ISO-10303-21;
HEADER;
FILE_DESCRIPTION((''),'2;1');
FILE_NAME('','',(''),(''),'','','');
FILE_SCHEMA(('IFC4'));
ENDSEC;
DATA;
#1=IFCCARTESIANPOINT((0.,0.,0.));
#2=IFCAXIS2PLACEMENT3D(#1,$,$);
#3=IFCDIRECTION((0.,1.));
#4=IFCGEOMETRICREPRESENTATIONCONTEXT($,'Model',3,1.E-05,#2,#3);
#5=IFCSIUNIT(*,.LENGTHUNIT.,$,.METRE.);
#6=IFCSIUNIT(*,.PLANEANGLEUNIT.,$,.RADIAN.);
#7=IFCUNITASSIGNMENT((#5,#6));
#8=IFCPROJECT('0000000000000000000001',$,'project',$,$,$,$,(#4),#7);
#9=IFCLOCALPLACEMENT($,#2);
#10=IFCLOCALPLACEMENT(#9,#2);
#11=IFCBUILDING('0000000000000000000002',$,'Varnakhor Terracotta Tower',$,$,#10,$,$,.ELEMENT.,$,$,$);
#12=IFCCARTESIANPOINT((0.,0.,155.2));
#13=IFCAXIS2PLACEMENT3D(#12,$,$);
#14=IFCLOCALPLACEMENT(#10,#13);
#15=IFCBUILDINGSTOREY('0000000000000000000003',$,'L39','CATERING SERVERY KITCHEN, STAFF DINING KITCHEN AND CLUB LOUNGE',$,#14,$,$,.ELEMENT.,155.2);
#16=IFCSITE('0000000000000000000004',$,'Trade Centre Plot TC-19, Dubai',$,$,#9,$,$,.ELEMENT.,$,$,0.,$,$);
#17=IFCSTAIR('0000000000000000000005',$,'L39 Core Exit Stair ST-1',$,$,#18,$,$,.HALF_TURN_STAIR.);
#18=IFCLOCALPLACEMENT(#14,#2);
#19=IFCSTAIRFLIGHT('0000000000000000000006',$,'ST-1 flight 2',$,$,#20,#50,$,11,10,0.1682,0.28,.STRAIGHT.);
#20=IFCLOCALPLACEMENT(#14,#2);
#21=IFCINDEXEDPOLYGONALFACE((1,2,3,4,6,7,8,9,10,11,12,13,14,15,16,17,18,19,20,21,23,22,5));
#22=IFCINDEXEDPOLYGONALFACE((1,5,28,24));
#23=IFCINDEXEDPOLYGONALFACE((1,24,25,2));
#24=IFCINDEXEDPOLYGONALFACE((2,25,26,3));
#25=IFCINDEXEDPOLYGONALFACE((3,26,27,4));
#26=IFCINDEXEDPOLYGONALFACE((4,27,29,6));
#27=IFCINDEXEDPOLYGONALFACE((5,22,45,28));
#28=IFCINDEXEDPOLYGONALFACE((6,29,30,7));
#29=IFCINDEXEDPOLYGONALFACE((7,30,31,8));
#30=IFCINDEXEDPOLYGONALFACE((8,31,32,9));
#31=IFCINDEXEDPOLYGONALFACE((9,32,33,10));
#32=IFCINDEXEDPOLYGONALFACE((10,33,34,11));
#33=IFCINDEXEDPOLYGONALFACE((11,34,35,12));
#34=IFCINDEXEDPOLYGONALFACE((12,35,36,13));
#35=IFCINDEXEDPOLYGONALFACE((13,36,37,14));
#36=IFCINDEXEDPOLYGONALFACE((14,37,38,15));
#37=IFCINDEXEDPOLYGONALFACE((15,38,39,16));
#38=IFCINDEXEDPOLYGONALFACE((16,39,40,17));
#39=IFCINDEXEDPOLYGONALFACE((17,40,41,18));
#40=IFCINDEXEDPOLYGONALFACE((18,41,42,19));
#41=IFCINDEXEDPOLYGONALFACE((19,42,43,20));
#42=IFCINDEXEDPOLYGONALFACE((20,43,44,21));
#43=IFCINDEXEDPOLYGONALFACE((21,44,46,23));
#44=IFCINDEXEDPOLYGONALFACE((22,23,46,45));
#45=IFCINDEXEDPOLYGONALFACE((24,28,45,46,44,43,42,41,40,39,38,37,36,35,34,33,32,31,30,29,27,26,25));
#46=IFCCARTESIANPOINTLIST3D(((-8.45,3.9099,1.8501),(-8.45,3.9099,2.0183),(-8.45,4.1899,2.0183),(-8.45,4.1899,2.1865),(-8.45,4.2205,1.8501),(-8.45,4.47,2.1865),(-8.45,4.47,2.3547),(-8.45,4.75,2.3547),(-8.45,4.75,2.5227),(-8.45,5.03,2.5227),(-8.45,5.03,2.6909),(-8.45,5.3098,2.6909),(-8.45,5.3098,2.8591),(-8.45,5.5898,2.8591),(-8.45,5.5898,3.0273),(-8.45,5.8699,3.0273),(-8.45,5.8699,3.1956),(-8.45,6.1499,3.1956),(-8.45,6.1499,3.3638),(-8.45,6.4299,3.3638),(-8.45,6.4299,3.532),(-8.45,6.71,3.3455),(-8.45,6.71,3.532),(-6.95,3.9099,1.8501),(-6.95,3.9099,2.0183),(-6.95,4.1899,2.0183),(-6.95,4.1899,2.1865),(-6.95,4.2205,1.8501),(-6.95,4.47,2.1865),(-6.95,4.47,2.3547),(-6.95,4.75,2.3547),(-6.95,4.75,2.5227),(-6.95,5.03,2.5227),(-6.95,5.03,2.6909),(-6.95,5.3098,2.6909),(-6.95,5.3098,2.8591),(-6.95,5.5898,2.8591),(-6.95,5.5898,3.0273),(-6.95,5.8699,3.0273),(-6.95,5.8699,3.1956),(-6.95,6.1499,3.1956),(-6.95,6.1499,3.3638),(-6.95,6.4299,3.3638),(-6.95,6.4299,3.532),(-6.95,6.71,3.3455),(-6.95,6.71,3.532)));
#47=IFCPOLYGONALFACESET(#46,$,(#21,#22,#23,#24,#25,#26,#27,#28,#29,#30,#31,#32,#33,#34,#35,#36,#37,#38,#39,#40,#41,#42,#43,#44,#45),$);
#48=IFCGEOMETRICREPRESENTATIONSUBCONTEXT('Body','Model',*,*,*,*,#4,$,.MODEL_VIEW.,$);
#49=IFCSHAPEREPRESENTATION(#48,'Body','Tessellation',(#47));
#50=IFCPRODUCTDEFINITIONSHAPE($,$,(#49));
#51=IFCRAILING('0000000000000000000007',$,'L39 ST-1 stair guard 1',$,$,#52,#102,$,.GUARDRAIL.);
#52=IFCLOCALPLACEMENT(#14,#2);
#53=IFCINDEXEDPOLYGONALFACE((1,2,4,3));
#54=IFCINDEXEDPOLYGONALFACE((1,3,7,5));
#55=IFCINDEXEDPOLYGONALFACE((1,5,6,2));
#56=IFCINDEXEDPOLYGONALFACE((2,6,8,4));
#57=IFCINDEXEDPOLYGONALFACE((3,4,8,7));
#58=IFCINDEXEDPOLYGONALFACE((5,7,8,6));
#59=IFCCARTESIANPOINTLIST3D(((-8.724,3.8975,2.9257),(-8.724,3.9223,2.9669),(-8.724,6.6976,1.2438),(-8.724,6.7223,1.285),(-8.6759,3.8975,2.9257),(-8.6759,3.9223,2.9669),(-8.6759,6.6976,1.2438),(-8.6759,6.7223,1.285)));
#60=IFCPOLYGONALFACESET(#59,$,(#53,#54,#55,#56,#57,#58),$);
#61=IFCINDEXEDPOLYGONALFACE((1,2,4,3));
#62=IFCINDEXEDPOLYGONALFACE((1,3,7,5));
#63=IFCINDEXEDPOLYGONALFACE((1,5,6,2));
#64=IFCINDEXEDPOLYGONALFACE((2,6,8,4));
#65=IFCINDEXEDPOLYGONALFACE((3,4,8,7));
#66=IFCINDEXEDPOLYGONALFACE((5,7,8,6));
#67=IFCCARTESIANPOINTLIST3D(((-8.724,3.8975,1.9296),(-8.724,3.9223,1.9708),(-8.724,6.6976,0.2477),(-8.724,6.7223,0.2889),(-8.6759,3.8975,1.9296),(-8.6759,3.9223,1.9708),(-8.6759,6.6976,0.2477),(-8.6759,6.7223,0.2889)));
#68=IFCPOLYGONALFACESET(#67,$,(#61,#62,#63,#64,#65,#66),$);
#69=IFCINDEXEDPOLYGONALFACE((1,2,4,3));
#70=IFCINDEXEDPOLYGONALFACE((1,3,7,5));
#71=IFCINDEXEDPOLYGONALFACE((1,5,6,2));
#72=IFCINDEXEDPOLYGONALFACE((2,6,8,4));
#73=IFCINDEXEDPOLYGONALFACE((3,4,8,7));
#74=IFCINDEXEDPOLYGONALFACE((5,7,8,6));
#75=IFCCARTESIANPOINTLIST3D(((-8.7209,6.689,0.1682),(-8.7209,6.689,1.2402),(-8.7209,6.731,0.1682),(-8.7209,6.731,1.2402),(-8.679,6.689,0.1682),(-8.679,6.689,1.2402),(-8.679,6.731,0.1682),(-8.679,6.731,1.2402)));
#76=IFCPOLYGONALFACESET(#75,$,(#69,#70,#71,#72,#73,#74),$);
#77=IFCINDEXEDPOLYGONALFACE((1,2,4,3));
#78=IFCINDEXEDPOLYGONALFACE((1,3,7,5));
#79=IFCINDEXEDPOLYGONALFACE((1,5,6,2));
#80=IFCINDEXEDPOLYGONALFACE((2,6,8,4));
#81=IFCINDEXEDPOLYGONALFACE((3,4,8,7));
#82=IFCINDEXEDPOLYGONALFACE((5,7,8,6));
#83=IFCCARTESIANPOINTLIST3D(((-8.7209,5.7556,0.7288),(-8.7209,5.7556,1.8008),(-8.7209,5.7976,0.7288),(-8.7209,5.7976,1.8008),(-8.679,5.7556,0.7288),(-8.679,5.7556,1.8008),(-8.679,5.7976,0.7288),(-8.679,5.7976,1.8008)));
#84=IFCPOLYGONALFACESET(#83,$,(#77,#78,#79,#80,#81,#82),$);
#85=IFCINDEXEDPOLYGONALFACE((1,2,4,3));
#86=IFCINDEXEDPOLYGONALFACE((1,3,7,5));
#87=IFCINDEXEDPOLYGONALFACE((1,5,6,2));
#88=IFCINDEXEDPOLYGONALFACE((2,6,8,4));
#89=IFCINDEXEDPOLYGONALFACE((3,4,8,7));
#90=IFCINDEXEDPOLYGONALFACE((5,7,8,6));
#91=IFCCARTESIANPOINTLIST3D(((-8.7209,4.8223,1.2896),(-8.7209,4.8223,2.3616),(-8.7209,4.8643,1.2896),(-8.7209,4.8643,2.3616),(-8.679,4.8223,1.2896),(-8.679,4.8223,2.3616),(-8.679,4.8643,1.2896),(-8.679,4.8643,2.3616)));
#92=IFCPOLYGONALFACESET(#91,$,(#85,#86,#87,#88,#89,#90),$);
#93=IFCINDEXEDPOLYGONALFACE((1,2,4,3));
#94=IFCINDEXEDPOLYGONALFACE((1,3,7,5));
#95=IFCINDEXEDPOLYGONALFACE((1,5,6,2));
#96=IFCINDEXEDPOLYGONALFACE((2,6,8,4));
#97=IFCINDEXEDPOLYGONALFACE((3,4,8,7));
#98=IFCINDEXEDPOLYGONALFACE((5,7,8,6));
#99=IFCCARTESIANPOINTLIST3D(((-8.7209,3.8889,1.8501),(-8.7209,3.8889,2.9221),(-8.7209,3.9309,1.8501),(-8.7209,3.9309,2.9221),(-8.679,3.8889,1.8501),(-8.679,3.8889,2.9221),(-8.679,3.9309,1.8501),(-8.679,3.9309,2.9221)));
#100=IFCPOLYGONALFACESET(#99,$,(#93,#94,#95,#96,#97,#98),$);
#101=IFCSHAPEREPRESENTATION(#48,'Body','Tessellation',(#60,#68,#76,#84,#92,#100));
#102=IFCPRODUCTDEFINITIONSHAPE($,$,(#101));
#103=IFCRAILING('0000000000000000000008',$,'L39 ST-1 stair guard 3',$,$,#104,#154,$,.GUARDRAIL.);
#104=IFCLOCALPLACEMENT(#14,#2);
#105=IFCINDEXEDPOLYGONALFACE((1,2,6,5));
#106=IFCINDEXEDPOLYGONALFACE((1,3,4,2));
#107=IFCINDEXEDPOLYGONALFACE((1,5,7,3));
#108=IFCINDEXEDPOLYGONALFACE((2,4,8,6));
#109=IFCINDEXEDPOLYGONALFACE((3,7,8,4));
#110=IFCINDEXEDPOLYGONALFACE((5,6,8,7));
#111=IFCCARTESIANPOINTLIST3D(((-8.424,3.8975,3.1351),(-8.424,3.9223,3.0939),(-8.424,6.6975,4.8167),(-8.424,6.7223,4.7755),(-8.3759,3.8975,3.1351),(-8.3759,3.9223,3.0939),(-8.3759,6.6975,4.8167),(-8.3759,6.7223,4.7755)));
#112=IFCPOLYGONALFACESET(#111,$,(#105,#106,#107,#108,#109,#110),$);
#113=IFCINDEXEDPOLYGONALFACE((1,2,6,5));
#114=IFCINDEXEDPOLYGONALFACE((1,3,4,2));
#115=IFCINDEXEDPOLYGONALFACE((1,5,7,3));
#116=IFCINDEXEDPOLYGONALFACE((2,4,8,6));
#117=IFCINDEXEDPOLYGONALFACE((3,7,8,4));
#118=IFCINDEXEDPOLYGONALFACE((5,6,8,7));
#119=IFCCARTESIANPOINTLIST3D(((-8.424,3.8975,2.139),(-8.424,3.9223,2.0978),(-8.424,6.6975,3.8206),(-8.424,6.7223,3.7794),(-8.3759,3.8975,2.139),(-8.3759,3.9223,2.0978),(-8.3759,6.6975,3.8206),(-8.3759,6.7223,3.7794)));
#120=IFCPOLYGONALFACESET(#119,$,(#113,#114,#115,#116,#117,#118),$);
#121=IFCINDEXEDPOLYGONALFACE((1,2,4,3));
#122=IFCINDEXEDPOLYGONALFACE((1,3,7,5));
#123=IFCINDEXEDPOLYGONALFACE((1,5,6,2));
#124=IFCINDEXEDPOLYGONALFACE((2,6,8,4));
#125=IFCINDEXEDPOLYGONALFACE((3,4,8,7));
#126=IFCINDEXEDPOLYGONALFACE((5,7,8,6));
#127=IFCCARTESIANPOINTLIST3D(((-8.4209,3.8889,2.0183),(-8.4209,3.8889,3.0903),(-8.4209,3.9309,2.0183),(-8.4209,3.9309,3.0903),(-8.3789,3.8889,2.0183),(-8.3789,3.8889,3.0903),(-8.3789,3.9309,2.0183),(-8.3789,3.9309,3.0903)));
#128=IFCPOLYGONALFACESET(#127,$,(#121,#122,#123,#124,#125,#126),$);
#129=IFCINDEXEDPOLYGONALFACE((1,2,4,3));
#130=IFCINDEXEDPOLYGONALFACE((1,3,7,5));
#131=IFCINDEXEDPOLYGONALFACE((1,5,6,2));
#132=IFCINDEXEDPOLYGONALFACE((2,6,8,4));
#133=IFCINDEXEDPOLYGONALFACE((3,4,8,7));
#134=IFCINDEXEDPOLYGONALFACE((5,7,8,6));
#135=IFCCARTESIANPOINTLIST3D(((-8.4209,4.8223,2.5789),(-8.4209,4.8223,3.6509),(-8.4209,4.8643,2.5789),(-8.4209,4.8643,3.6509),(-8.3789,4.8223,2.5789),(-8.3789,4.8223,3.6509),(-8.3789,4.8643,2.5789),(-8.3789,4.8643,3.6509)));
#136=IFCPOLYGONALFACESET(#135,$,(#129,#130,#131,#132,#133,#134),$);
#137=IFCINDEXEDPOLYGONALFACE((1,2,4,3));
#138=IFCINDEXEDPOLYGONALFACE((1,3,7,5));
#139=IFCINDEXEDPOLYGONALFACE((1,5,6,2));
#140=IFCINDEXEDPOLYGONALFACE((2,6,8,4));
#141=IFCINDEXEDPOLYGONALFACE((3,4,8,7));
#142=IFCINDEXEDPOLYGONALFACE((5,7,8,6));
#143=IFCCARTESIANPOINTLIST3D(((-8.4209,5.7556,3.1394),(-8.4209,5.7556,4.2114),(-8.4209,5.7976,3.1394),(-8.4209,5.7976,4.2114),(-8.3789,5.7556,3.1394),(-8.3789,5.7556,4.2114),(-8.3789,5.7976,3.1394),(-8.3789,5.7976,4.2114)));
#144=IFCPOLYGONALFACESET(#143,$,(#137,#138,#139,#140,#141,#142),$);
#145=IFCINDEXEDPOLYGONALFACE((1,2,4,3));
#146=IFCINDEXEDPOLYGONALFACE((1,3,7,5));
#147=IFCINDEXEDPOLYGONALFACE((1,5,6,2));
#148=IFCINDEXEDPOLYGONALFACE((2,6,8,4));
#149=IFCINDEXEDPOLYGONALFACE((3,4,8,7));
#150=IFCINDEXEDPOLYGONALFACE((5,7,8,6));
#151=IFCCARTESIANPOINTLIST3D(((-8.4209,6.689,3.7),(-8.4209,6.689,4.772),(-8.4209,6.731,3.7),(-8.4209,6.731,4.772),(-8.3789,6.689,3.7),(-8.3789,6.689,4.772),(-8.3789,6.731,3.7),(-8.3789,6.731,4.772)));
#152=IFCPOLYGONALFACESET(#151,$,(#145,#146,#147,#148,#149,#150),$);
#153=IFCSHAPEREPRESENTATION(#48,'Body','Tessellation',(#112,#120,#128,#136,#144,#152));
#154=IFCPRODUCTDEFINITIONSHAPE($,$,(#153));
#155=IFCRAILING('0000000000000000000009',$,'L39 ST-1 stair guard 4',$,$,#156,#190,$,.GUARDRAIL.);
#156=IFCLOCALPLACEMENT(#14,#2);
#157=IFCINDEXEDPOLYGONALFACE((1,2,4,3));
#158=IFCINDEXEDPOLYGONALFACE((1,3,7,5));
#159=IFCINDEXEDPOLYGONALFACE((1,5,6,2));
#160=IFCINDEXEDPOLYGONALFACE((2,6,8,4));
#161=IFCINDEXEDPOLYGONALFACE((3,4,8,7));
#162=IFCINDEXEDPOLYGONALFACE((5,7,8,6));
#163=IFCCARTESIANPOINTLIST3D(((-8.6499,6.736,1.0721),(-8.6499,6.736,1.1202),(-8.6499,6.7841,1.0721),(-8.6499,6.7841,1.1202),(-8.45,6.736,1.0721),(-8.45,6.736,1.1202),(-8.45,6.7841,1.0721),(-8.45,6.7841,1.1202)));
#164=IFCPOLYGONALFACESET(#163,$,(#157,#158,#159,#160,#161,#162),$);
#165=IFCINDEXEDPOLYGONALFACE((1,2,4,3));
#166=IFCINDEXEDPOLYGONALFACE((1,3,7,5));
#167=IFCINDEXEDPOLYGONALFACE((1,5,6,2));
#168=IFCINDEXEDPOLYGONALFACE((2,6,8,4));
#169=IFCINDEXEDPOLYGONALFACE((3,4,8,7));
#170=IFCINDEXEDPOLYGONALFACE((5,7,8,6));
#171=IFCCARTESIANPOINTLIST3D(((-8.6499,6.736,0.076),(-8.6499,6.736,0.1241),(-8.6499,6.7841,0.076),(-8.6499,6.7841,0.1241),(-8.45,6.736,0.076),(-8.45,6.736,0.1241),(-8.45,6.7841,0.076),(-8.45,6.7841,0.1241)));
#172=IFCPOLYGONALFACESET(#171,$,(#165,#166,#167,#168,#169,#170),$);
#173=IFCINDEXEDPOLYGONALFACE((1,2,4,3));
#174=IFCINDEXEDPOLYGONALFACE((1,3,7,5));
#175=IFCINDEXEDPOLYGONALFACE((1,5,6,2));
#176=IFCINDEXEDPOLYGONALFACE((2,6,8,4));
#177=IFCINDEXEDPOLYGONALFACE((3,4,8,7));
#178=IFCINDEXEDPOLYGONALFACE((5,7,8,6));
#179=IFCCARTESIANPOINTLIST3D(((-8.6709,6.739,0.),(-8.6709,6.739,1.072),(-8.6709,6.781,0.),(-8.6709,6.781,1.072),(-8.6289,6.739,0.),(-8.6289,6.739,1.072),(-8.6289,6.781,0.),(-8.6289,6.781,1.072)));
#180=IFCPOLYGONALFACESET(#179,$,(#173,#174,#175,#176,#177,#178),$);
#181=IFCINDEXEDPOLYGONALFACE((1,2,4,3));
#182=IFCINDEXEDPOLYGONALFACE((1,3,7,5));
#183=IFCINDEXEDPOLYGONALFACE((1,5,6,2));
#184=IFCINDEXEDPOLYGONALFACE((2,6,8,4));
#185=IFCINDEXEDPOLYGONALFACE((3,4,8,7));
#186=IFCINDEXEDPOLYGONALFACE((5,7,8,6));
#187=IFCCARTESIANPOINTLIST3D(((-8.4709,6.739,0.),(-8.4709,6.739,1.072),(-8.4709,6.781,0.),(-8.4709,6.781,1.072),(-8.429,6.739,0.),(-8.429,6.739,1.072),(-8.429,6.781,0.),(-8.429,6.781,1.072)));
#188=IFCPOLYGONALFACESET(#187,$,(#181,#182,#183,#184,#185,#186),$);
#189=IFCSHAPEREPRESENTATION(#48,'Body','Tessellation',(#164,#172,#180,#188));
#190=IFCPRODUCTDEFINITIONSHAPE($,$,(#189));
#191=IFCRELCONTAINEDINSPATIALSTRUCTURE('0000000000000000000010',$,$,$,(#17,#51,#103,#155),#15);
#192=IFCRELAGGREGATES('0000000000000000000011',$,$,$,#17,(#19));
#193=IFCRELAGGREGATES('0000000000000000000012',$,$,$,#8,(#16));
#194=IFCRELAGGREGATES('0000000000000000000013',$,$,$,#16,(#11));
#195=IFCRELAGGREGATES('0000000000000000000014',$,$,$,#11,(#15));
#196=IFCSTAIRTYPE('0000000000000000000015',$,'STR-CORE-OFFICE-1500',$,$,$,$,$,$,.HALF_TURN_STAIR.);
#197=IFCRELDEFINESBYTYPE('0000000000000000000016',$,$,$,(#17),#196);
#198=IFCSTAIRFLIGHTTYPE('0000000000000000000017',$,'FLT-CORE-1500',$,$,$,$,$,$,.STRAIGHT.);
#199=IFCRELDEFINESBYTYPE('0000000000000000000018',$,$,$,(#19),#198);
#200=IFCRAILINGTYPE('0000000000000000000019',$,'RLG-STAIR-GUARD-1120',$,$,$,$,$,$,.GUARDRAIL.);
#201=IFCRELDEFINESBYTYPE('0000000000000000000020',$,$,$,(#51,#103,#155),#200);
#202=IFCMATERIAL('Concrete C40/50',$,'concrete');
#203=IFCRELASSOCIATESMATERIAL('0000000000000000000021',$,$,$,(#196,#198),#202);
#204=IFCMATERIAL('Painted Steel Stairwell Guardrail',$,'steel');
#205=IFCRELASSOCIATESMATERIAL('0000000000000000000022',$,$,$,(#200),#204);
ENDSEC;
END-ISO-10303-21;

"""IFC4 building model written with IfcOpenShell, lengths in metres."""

from ifc_helpers import new_model, si_unit, direction, frame, origin, origin_2d, place, context, subcontext, project, spatial, polyline, rectangle, outline, extrude, material, type_object, element, aggregate, save


model = new_model("IFC4")

# Units and contexts
model_context = context("Model", 3, precision=1e-05, world=origin(), true_north=direction((0.0, 1.0)))
body_context = subcontext(model_context, "Body", "Model", "MODEL_VIEW")
ifc_project = project(units=[si_unit("LENGTHUNIT", "METRE"), si_unit("PLANEANGLEUNIT", "RADIAN")], contexts=[model_context])

# Site, building, storey
site_placement = place(None, origin())
site = spatial("IfcSite", under=ifc_project, at=site_placement, Name="Trade Centre Plot TC-19, Dubai", CompositionType="ELEMENT", RefElevation=0.0)
building_placement = place(site_placement, origin())
building = spatial("IfcBuilding", under=site, at=building_placement, Name="Varnakhor Terracotta Tower", CompositionType="ELEMENT")
storey_placement = place(building_placement, frame((0.0, 0.0, 155.2)))
storey = spatial("IfcBuildingStorey", under=building, at=storey_placement, Name="L39", Description="CATERING SERVERY KITCHEN, STAFF DINING KITCHEN AND CLUB LOUNGE", CompositionType="ELEMENT", Elevation=155.2)

# Shared definitions
ifc_material_1 = material(Name="Concrete C40/50", Category="concrete")

# Stair, stair flight
stair_type = type_object("IfcStairType", Name="STR-CORE-OFFICE-1500", PredefinedType="HALF_TURN_STAIR", material=ifc_material_1)
stair_placement = place(storey_placement, origin())
stair = element("IfcStair", 1, at=stair_placement, inside=storey, type_object=stair_type, Name="L39 Core Exit Stair ST-1", PredefinedType="HALF_TURN_STAIR")
stair_flight_type = type_object("IfcStairFlightType", Name="FLT-CORE-1500", PredefinedType="STRAIGHT", material=ifc_material_1)
stair_flight_1_placement = place(storey_placement, frame((-7.7, 3.9099, 1.8501), z_axis=(0.0, 0.0, 1.0), x_axis=(0.0, 1.0, 0.0)))
stair_flight_1 = element("IfcStairFlight", 2, at=stair_flight_1_placement, type_object=stair_flight_type, Name="ST-1 flight 2", NumberOfRisers=11, NumberOfTreads=10, PredefinedType="STRAIGHT", RiserHeight=0.1682, TreadLength=0.28, context=body_context, shape_type="SweptSolid", body=[
    extrude(outline(polyline([(0.0, 0.0), (0.0, 0.1682), (0.28, 0.1682), (0.28, 0.3364), (0.5601, 0.3364), (0.5601, 0.5046), (0.8401, 0.5046), (0.8401, 0.6726), (1.1201, 0.6726), (1.1201, 0.8408), (1.3999, 0.8408), (1.3999, 1.009), (1.6799, 1.009), (1.6799, 1.1772), (1.96, 1.1772), (1.96, 1.3455), (2.24, 1.3455), (2.24, 1.5137), (2.52, 1.5137), (2.52, 1.6819), (2.8, 1.6819), (2.8, 1.8501), (2.8, 1.4954), (0.3105, 0.0), (0.0, 0.0)])), frame((0.0, 0.75, 0.0), z_axis=(0.0, -1.0, 0.0), x_axis=(1.0, 0.0, 0.0)), (0.0, 0.0, 1.0), 1.5),
])
aggregate(stair, [stair_flight_1])

# Railings
ifc_material_2 = material(Name="Painted Steel Stairwell Guardrail", Category="steel")
railing_type_1 = type_object("IfcRailingType", Name="RLG-STAIR-GUARD-1120", PredefinedType="GUARDRAIL", material=ifc_material_2)
railing_1_placement = place(storey_placement, frame((-8.7, 6.71, 0.1682)))
element("IfcRailing", 3, at=railing_1_placement, inside=storey, type_object=railing_type_1, Name="L39 ST-1 stair guard 1", PredefinedType="GUARDRAIL", context=body_context, shape_type="SweptSolid", body=[
    extrude(rectangle(XDim=0.0481, YDim=0.0481, at=origin_2d()), frame((0.0, 0.0, 1.0962), z_axis=(0.0, -0.857242, 0.514913), x_axis=(1.0, 0.0, 0.0)), (0.0, 0.0, 1.0), 3.2664),
    extrude(rectangle(XDim=0.0481, YDim=0.0481, at=origin_2d()), frame((0.0, 0.0, 0.1001), z_axis=(0.0, -0.857242, 0.514913), x_axis=(1.0, 0.0, 0.0)), (0.0, 0.0, 1.0), 3.2664),
    extrude(rectangle(XDim=0.042, YDim=0.042, at=origin_2d()), origin(), (0.0, 0.0, 1.0), 1.072),
    extrude(rectangle(XDim=0.042, YDim=0.042, at=origin_2d()), frame((0.0, -0.9333, 0.5605)), (0.0, 0.0, 1.0), 1.072),
    extrude(rectangle(XDim=0.042, YDim=0.042, at=origin_2d()), frame((0.0, -1.8667, 1.1213)), (0.0, 0.0, 1.0), 1.072),
    extrude(rectangle(XDim=0.042, YDim=0.042, at=origin_2d()), frame((0.0, -2.8, 1.6819)), (0.0, 0.0, 1.0), 1.072),
])
railing_2_placement = place(storey_placement, frame((-8.3999, 3.9099, 2.0183)))
element("IfcRailing", 4, at=railing_2_placement, inside=storey, type_object=railing_type_1, Name="L39 ST-1 stair guard 3", PredefinedType="GUARDRAIL", context=body_context, shape_type="SweptSolid", body=[
    extrude(rectangle(XDim=0.0481, YDim=0.0481, at=origin_2d()), frame((0.0, 0.0, 1.0962), z_axis=(0.0, 0.857275, 0.514858), x_axis=(-1.0, 0.0, 0.0)), (0.0, 0.0, 1.0), 3.2661),
    extrude(rectangle(XDim=0.0481, YDim=0.0481, at=origin_2d()), frame((0.0, 0.0, 0.1001), z_axis=(0.0, 0.857275, 0.514858), x_axis=(-1.0, 0.0, 0.0)), (0.0, 0.0, 1.0), 3.2661),
    extrude(rectangle(XDim=0.042, YDim=0.042, at=origin_2d()), origin(), (0.0, 0.0, 1.0), 1.072),
    extrude(rectangle(XDim=0.042, YDim=0.042, at=origin_2d()), frame((0.0, 0.9333, 0.5605)), (0.0, 0.0, 1.0), 1.072),
    extrude(rectangle(XDim=0.042, YDim=0.042, at=origin_2d()), frame((0.0, 1.8667, 1.1211)), (0.0, 0.0, 1.0), 1.072),
    extrude(rectangle(XDim=0.042, YDim=0.042, at=origin_2d()), frame((0.0, 2.8, 1.6816)), (0.0, 0.0, 1.0), 1.072),
])
railing_3_placement = place(storey_placement, frame((-8.6499, 6.76, 0.0)))
element("IfcRailing", 5, at=railing_3_placement, inside=storey, type_object=railing_type_1, Name="L39 ST-1 stair guard 4", PredefinedType="GUARDRAIL", context=body_context, shape_type="SweptSolid", body=[
    extrude(rectangle(XDim=0.0481, YDim=0.0481, at=origin_2d()), frame((0.0, 0.0, 1.0962), z_axis=(1.0, 0.0, 0.0), x_axis=(0.0, 1.0, 0.0)), (0.0, 0.0, 1.0), 0.2),
    extrude(rectangle(XDim=0.0481, YDim=0.0481, at=origin_2d()), frame((0.0, 0.0, 0.1001), z_axis=(1.0, 0.0, 0.0), x_axis=(0.0, 1.0, 0.0)), (0.0, 0.0, 1.0), 0.2),
    extrude(rectangle(XDim=0.042, YDim=0.042, at=origin_2d()), origin(), (0.0, 0.0, 1.0), 1.072),
    extrude(rectangle(XDim=0.042, YDim=0.042, at=origin_2d()), frame((0.2, 0.0, 0.0)), (0.0, 0.0, 1.0), 1.072),
])

save(model, "model.ifc")
